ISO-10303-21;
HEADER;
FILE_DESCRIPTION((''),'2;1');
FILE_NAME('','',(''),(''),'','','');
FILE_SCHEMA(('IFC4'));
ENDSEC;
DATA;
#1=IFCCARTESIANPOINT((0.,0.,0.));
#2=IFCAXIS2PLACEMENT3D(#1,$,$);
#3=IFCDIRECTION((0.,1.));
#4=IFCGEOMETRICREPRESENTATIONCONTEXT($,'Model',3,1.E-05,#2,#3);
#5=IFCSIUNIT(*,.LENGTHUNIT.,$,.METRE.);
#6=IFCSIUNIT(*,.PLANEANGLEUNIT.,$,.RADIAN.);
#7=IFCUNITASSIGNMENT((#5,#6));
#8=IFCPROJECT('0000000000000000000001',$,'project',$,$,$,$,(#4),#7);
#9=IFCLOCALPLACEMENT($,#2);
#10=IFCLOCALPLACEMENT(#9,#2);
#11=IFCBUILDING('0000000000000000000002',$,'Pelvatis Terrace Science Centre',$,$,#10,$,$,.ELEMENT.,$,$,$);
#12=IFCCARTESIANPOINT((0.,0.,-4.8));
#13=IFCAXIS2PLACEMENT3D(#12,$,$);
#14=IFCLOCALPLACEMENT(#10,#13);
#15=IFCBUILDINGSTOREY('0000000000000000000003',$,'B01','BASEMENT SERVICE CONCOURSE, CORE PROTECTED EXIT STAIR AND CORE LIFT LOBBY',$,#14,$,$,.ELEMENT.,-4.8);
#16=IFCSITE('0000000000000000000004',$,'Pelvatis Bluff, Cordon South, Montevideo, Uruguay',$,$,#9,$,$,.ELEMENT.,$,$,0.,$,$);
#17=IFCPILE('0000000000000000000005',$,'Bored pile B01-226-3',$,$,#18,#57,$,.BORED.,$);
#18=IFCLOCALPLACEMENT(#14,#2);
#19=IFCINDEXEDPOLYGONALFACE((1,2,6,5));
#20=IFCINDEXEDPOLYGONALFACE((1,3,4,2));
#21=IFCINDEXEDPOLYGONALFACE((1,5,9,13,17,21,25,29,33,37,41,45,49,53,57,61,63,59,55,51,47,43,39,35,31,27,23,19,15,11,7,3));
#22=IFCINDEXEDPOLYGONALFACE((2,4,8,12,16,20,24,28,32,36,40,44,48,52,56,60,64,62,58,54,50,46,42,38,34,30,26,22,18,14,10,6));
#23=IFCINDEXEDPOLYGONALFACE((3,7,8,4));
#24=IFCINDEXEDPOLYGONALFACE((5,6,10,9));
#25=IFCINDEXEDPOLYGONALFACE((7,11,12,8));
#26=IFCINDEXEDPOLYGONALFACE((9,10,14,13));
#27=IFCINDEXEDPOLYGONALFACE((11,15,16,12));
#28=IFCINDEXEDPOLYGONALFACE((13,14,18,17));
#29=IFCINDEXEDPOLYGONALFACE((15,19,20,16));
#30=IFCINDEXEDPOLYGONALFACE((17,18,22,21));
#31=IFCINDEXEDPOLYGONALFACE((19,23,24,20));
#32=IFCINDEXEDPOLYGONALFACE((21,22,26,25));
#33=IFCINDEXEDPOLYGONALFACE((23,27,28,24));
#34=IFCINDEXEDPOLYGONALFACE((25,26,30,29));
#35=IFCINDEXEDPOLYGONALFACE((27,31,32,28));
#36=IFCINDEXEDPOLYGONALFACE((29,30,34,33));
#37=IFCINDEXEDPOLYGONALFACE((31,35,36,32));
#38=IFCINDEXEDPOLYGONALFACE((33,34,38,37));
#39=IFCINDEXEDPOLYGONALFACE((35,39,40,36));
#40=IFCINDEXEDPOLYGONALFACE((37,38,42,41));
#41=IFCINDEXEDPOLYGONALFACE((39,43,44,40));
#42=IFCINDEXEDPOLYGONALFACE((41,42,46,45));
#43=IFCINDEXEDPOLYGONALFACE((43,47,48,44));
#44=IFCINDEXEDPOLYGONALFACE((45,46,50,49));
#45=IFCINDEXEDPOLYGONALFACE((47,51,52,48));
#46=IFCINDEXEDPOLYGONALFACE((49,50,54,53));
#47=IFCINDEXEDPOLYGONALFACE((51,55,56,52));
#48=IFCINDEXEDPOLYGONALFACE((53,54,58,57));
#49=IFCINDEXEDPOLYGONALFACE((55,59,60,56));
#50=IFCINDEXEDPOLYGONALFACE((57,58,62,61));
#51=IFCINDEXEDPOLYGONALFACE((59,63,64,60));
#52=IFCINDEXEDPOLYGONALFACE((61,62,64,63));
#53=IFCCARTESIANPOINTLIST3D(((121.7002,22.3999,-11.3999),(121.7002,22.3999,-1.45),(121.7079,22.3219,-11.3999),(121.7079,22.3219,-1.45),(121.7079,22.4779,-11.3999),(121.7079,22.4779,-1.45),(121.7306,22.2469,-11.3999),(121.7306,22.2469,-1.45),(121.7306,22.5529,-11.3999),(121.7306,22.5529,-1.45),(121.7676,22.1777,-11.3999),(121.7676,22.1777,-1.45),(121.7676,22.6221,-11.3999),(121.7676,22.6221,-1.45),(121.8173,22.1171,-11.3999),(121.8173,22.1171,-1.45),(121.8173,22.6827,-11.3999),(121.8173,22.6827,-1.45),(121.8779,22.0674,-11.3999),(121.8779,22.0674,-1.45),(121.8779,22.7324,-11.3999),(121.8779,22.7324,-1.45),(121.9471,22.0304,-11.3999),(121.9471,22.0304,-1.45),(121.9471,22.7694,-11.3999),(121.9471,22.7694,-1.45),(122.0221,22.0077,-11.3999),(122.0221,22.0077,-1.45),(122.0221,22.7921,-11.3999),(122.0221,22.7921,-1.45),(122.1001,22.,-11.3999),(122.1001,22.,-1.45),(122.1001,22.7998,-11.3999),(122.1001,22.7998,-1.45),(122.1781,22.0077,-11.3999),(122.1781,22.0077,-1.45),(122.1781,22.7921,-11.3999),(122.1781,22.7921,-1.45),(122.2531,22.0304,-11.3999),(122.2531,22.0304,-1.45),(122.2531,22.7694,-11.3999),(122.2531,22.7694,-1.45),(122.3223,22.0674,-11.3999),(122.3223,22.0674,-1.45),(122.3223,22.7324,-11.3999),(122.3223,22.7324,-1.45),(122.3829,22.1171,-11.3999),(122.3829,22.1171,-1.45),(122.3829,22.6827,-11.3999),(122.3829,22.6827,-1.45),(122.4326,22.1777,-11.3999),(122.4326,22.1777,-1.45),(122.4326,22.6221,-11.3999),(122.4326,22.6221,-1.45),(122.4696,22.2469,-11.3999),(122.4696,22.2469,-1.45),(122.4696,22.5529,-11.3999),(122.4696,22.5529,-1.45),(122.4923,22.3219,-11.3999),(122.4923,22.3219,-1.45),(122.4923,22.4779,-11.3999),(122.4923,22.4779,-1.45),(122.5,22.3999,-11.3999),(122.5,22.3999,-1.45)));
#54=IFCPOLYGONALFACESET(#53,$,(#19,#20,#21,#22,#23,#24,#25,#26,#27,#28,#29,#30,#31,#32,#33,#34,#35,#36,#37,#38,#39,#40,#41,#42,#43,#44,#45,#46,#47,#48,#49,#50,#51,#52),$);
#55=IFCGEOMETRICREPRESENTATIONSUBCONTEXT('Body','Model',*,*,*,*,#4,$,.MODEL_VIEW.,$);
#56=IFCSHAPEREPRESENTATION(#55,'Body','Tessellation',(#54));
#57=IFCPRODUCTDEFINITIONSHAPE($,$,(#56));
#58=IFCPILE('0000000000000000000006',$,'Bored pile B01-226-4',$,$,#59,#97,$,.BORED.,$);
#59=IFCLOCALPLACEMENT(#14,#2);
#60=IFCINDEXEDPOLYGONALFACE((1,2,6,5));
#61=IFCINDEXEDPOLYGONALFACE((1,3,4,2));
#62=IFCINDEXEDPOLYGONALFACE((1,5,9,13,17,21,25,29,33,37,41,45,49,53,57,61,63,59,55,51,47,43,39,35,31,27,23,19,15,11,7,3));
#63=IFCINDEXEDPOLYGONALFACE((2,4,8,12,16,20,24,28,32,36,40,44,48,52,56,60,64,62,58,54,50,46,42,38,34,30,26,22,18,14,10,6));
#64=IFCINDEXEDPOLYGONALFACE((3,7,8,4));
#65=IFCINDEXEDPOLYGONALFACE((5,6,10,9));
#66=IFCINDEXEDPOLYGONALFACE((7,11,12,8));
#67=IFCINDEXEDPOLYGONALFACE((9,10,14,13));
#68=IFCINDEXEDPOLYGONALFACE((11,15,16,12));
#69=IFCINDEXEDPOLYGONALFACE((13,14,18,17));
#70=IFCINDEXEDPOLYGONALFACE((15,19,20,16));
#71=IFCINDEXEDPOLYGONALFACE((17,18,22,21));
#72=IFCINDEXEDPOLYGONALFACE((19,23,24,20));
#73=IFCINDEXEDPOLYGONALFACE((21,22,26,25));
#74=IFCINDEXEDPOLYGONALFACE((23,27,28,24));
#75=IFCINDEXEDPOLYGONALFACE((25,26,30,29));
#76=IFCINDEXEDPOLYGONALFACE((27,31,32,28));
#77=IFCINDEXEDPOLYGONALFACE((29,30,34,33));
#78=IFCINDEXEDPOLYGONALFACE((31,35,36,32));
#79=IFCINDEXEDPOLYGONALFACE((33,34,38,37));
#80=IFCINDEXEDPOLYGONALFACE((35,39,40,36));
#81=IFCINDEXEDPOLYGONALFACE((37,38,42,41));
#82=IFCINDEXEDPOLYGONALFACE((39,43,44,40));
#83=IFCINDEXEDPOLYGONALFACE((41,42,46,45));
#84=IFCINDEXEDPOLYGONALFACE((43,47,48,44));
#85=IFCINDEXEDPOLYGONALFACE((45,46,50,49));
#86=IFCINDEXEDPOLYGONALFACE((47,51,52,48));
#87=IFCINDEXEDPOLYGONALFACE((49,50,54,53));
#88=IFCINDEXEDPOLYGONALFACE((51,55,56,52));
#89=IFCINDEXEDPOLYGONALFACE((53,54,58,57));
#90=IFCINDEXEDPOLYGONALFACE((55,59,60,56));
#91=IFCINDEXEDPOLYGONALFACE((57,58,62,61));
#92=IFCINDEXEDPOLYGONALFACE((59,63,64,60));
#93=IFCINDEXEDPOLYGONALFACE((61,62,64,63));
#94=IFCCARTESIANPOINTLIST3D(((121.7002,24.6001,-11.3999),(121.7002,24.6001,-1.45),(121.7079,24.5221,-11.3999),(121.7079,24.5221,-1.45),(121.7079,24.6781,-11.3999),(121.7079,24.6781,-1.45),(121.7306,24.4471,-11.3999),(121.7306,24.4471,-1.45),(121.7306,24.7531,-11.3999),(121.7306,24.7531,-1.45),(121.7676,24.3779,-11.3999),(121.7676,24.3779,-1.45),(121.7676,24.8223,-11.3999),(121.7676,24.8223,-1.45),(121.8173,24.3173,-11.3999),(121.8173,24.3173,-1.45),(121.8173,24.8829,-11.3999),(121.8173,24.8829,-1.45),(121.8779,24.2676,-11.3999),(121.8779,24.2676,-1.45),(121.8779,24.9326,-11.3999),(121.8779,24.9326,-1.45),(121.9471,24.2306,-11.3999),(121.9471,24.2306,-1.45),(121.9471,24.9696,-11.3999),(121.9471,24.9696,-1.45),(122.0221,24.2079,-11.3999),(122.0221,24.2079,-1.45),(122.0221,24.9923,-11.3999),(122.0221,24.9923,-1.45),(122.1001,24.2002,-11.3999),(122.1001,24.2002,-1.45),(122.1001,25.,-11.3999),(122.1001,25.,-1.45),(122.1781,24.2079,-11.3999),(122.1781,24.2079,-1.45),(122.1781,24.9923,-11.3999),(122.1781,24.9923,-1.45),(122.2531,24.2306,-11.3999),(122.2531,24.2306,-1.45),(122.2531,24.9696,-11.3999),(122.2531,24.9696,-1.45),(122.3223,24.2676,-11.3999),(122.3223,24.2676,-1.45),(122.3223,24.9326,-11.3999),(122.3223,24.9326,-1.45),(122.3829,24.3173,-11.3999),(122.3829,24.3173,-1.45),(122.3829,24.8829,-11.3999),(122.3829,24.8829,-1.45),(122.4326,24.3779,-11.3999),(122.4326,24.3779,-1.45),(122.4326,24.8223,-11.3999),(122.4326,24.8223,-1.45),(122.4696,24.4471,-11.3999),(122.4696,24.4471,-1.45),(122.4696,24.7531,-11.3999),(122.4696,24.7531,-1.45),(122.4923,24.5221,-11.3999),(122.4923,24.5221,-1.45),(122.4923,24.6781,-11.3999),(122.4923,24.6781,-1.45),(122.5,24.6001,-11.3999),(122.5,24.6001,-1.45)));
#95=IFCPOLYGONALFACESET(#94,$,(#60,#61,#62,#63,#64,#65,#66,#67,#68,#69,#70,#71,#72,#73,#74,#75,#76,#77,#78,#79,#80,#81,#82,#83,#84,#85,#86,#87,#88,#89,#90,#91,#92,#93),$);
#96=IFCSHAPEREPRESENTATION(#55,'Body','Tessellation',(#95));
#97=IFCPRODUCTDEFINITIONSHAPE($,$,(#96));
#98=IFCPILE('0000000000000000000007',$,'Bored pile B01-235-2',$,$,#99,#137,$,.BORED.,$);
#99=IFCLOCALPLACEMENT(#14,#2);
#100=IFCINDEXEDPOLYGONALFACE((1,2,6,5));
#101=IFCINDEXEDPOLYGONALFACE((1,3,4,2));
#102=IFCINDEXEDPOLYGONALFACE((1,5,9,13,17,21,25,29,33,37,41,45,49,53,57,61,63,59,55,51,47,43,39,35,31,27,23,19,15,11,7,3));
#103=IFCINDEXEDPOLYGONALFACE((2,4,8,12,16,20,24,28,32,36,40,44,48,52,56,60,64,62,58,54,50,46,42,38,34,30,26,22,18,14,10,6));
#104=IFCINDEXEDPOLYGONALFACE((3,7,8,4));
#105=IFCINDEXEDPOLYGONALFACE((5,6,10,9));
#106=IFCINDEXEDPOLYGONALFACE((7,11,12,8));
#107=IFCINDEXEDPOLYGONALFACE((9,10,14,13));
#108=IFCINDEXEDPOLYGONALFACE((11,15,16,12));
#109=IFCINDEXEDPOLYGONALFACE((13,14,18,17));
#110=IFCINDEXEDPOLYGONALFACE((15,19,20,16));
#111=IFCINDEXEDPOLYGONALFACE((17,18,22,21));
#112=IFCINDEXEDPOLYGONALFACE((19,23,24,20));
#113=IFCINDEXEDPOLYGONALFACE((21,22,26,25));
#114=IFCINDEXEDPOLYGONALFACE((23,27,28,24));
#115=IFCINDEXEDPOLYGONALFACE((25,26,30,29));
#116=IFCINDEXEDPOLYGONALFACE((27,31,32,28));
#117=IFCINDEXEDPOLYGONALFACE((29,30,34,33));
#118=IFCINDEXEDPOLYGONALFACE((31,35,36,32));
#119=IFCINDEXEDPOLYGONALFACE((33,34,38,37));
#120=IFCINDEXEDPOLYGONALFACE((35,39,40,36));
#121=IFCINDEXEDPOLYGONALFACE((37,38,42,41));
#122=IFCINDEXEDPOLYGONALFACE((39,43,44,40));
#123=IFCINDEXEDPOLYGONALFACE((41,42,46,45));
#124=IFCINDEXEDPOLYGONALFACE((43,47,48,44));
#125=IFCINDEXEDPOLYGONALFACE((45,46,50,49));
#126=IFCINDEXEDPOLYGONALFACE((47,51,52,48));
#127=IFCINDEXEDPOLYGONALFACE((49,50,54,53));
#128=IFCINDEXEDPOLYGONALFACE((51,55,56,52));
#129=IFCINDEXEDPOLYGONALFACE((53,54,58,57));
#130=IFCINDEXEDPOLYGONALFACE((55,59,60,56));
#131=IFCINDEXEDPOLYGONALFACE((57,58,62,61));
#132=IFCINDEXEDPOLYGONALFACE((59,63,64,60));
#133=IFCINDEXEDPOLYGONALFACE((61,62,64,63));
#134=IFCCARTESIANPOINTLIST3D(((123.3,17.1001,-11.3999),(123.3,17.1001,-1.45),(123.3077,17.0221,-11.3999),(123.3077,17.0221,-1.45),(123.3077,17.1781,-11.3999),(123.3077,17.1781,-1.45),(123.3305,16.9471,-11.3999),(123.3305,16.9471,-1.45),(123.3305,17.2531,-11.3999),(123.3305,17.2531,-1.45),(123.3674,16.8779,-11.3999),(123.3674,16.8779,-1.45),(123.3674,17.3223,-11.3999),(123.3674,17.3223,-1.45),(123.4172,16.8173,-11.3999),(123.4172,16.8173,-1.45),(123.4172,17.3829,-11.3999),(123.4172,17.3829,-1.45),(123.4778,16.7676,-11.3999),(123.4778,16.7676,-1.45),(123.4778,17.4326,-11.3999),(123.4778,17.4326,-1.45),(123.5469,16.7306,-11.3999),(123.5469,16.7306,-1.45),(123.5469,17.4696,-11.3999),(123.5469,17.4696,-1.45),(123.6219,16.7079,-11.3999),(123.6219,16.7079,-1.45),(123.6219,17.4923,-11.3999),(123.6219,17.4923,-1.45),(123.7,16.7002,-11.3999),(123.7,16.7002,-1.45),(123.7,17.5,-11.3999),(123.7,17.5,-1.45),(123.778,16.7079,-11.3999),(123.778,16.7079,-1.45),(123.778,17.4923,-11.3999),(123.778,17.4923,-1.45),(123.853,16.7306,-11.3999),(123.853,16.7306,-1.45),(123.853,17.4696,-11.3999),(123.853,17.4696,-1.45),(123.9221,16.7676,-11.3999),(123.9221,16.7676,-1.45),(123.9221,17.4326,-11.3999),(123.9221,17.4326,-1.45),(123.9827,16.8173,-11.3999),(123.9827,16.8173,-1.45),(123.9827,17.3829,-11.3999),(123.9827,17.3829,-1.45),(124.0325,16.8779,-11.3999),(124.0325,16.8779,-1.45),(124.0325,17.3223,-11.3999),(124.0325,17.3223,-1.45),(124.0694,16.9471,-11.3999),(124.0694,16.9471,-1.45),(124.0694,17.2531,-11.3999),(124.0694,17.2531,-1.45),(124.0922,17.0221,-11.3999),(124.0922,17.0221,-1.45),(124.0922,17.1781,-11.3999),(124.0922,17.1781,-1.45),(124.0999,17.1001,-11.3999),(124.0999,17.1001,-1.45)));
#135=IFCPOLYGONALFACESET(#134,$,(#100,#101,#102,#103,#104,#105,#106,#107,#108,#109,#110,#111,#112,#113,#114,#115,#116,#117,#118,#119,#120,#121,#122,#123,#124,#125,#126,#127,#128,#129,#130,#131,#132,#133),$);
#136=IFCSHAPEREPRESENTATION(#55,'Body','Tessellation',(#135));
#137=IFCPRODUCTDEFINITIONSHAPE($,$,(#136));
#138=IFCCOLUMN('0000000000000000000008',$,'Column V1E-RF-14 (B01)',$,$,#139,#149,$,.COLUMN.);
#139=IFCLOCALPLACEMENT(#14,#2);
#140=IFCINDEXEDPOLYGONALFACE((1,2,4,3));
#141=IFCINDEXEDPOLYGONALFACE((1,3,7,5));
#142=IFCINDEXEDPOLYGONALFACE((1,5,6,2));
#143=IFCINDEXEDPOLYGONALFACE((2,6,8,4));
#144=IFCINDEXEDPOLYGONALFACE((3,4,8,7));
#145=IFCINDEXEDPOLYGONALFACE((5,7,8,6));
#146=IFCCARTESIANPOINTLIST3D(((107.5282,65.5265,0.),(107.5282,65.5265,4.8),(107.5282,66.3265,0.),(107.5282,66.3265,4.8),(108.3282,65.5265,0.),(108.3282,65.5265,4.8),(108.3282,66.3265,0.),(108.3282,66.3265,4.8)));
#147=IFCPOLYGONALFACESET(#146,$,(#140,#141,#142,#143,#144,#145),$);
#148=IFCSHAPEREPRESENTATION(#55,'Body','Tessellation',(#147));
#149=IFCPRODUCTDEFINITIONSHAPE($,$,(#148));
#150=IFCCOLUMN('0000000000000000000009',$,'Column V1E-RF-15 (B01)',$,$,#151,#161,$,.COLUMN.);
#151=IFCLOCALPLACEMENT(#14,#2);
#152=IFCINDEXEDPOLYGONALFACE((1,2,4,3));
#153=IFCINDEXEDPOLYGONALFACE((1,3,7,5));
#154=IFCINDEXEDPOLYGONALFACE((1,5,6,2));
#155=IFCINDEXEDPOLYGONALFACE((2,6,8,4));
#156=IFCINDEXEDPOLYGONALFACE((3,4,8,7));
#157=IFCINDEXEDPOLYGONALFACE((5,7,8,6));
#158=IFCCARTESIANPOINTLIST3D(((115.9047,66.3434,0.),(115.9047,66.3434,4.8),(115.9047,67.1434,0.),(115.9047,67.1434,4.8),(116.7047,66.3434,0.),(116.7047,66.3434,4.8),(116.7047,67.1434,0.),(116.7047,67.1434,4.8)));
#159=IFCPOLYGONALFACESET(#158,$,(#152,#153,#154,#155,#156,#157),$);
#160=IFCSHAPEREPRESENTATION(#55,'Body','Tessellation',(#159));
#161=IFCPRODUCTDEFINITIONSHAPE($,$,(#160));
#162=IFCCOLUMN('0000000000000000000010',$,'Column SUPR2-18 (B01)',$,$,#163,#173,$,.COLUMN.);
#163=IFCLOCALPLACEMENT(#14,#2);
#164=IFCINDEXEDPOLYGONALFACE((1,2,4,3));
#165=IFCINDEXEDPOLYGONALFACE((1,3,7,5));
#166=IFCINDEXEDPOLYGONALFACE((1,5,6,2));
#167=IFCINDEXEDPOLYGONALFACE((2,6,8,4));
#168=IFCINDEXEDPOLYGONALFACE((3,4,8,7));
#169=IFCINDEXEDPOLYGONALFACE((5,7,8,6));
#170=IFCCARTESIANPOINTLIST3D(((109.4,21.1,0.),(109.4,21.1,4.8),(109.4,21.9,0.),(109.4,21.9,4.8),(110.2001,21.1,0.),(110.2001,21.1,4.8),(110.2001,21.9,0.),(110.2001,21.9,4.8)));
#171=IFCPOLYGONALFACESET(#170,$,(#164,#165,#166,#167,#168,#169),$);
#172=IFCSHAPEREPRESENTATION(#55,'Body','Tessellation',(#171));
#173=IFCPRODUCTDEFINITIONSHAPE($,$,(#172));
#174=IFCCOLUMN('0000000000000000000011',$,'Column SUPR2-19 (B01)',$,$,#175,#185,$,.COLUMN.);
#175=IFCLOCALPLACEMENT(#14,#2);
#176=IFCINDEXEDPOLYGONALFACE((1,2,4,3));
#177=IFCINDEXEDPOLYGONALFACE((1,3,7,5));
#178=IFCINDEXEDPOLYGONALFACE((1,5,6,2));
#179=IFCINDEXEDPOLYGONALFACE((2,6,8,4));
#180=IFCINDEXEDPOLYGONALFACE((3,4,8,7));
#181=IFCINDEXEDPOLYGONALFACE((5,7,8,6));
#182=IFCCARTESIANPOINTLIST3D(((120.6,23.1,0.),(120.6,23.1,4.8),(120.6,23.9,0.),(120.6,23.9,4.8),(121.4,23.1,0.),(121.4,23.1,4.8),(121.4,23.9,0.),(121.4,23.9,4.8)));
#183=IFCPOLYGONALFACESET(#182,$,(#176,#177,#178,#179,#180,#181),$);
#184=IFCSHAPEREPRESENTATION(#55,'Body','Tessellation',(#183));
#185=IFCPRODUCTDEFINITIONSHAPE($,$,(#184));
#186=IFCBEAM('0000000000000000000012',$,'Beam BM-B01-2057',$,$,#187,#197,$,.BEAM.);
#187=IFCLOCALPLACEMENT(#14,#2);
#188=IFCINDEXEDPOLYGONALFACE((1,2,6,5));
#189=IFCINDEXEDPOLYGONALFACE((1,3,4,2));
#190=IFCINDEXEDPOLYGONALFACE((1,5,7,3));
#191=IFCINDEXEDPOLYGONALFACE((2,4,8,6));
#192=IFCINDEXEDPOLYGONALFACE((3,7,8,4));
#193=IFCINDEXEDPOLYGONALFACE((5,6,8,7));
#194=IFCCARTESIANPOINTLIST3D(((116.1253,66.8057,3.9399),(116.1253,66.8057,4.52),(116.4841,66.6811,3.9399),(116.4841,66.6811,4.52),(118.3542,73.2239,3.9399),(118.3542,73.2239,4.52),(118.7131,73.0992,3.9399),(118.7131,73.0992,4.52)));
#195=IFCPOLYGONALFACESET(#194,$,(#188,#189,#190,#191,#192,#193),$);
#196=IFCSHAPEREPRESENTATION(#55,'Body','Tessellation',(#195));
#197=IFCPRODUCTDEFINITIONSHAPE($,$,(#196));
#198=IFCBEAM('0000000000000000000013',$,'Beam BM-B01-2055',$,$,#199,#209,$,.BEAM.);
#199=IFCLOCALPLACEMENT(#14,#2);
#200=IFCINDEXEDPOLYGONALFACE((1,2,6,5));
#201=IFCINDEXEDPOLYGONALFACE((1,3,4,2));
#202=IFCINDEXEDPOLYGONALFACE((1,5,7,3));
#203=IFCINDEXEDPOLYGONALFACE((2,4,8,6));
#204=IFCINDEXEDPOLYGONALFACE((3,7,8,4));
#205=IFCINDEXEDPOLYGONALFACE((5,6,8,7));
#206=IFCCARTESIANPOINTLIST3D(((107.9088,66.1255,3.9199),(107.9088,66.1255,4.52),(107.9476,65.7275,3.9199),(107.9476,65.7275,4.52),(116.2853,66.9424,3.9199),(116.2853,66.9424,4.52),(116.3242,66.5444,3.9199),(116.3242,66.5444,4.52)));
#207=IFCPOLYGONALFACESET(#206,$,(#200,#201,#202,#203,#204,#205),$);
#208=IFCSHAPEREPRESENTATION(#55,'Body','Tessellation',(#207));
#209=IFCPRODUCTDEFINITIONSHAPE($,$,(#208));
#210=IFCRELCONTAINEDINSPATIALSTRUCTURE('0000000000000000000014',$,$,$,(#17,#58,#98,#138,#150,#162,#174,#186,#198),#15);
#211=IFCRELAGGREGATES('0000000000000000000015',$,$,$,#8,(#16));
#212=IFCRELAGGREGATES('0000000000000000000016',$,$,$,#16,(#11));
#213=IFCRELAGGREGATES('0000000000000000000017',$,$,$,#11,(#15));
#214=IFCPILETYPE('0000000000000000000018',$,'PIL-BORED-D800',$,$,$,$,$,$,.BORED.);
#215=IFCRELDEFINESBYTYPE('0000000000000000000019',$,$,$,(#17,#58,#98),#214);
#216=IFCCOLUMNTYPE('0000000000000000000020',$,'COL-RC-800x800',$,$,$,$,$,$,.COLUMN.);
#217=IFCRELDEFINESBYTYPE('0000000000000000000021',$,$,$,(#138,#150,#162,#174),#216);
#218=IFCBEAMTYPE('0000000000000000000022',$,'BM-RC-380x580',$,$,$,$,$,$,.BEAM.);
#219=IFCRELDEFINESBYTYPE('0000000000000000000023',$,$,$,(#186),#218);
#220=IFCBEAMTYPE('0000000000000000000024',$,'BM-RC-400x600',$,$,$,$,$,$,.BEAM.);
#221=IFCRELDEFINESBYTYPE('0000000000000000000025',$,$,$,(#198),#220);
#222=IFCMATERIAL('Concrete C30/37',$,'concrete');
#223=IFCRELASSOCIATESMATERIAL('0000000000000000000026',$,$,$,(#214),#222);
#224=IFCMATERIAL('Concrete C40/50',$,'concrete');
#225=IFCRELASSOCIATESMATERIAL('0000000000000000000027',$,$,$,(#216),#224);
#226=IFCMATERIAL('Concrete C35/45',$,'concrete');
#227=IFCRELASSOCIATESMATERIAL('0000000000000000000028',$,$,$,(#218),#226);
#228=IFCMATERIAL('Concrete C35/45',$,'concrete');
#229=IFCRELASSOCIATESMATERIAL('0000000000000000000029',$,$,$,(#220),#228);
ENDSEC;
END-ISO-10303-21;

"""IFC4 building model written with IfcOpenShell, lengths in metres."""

from ifc_helpers import new_model, si_unit, direction, frame, origin, origin_2d, place, context, subcontext, project, spatial, rectangle, circle, extrude, material, material_profile, profile_set, type_object, element, save


model = new_model("IFC4")

# Units and contexts
model_context = context("Model", 3, precision=1e-05, world=origin(), true_north=direction((0.0, 1.0)))
body_context = subcontext(model_context, "Body", "Model", "MODEL_VIEW")
ifc_project = project(units=[si_unit("LENGTHUNIT", "METRE"), si_unit("PLANEANGLEUNIT", "RADIAN")], contexts=[model_context])

# Site, building, storey
site_placement = place(None, origin())
site = spatial("IfcSite", under=ifc_project, at=site_placement, Name="Pelvatis Bluff, Cordon South, Montevideo, Uruguay", CompositionType="ELEMENT", RefElevation=0.0)
building_placement = place(site_placement, origin())
building = spatial("IfcBuilding", under=site, at=building_placement, Name="Pelvatis Terrace Science Centre", CompositionType="ELEMENT")
storey_placement = place(building_placement, frame((0.0, 0.0, -4.8)))
storey = spatial("IfcBuildingStorey", under=building, at=storey_placement, Name="B01", Description="BASEMENT SERVICE CONCOURSE, CORE PROTECTED EXIT STAIR AND CORE LIFT LOBBY", CompositionType="ELEMENT", Elevation=-4.8)

# Piles
ifc_material_1 = material(Name="Concrete C30/37", Category="concrete")
ifc_material_profile_1 = material_profile(ifc_material_1, circle(Radius=0.3999, at=origin_2d()), Name="PILE D800")
ifc_profile_set_1 = profile_set([ifc_material_profile_1], Name="Concrete C30/37")
pile_type = type_object("IfcPileType", Name="PIL-BORED-D800", PredefinedType="BORED", material=ifc_profile_set_1)
for number, where, z_axis, x_axis, name in (
    (1, (122.1001, 22.3999, -1.45), (0.0, 0.0, -1.0), (1.0, 0.0, 0.0), "Bored pile B01-226-3"),
    (2, (122.1001, 24.6001, -1.45), (0.0, 0.0, -1.0), (1.0, 0.0, 0.0), "Bored pile B01-226-4"),
    (3, (123.7, 17.1001, -1.45), (0.0, 0.0, -1.0), (1.0, 0.0, 0.0), "Bored pile B01-235-2"),
):
    element("IfcPile", number, at=place(storey_placement, frame(where, z_axis=z_axis, x_axis=x_axis)), inside=storey, type_object=pile_type, Name=name, PredefinedType="BORED", context=body_context, shape_type="SweptSolid", body=[
        extrude(circle(Radius=0.3999, at=origin_2d()), origin(), (0.0, 0.0, 1.0), 9.95),
    ])

# Columns
ifc_material_2 = material(Name="Concrete C40/50", Category="concrete")
ifc_material_profile_2 = material_profile(ifc_material_2, rectangle(XDim=0.8, YDim=0.8, at=origin_2d()), Name="RC-COL 800x800")
ifc_profile_set_2 = profile_set([ifc_material_profile_2], Name="Concrete C40/50")
column_type = type_object("IfcColumnType", Name="COL-RC-800x800", PredefinedType="COLUMN", material=ifc_profile_set_2)
for number, where, z_axis, x_axis, name in (
    (4, (107.9282, 65.9265, 0.0), (0.0, 0.0, 1.0), (1.0, 0.0, 0.0), "Column V1E-RF-14 (B01)"),
    (5, (116.3047, 66.7434, 0.0), (0.0, 0.0, 1.0), (1.0, 0.0, 0.0), "Column V1E-RF-15 (B01)"),
    (6, (109.8, 21.5, 0.0), (0.0, 0.0, 1.0), (1.0, 0.0, 0.0), "Column SUPR2-18 (B01)"),
    (7, (121.0, 23.5, 0.0), (0.0, 0.0, 1.0), (1.0, 0.0, 0.0), "Column SUPR2-19 (B01)"),
):
    element("IfcColumn", number, at=place(storey_placement, frame(where, z_axis=z_axis, x_axis=x_axis)), inside=storey, type_object=column_type, Name=name, PredefinedType="COLUMN", context=body_context, shape_type="SweptSolid", body=[
        extrude(rectangle(XDim=0.8, YDim=0.8, at=origin_2d()), origin(), (0.0, 0.0, 1.0), 4.8),
    ])

# Beams
ifc_material_3 = material(Name="Concrete C35/45", Category="concrete")
ifc_material_profile_3 = material_profile(ifc_material_3, rectangle(XDim=0.3799, YDim=0.5801, at=origin_2d()), Name="RC-BM 380x580")
ifc_profile_set_3 = profile_set([ifc_material_profile_3], Name="Concrete C35/45")
beam_type_1 = type_object("IfcBeamType", Name="BM-RC-380x580", PredefinedType="BEAM", material=ifc_profile_set_3)
beam_1_placement = place(storey_placement, frame((116.3047, 66.7434, 4.23), z_axis=(0.328072, 0.944653, 0.0), x_axis=(-0.944653, 0.328072, 0.0)))
element("IfcBeam", 8, at=beam_1_placement, inside=storey, type_object=beam_type_1, Name="Beam BM-B01-2057", PredefinedType="BEAM", context=body_context, shape_type="SweptSolid", body=[
    extrude(rectangle(XDim=0.3799, YDim=0.5801, at=origin_2d()), origin(), (0.0, 0.0, 1.0), 6.7942),
])
ifc_material_4 = material(Name="Concrete C35/45", Category="concrete")
ifc_material_profile_4 = material_profile(ifc_material_4, rectangle(XDim=0.3999, YDim=0.6001, at=origin_2d()), Name="RC-BM 400x600")
ifc_profile_set_4 = profile_set([ifc_material_profile_4], Name="Concrete C35/45")
beam_type_2 = type_object("IfcBeamType", Name="BM-RC-400x600", PredefinedType="BEAM", material=ifc_profile_set_4)
beam_2_placement = place(storey_placement, frame((107.9282, 65.9265, 4.22), z_axis=(0.995278, 0.097062, 0.0), x_axis=(-0.097062, 0.995278, 0.0)))
element("IfcBeam", 9, at=beam_2_placement, inside=storey, type_object=beam_type_2, Name="Beam BM-B01-2055", PredefinedType="BEAM", context=body_context, shape_type="SweptSolid", body=[
    extrude(rectangle(XDim=0.3999, YDim=0.6001, at=origin_2d()), origin(), (0.0, 0.0, 1.0), 8.4163),
])

save(model, "model.ifc")
